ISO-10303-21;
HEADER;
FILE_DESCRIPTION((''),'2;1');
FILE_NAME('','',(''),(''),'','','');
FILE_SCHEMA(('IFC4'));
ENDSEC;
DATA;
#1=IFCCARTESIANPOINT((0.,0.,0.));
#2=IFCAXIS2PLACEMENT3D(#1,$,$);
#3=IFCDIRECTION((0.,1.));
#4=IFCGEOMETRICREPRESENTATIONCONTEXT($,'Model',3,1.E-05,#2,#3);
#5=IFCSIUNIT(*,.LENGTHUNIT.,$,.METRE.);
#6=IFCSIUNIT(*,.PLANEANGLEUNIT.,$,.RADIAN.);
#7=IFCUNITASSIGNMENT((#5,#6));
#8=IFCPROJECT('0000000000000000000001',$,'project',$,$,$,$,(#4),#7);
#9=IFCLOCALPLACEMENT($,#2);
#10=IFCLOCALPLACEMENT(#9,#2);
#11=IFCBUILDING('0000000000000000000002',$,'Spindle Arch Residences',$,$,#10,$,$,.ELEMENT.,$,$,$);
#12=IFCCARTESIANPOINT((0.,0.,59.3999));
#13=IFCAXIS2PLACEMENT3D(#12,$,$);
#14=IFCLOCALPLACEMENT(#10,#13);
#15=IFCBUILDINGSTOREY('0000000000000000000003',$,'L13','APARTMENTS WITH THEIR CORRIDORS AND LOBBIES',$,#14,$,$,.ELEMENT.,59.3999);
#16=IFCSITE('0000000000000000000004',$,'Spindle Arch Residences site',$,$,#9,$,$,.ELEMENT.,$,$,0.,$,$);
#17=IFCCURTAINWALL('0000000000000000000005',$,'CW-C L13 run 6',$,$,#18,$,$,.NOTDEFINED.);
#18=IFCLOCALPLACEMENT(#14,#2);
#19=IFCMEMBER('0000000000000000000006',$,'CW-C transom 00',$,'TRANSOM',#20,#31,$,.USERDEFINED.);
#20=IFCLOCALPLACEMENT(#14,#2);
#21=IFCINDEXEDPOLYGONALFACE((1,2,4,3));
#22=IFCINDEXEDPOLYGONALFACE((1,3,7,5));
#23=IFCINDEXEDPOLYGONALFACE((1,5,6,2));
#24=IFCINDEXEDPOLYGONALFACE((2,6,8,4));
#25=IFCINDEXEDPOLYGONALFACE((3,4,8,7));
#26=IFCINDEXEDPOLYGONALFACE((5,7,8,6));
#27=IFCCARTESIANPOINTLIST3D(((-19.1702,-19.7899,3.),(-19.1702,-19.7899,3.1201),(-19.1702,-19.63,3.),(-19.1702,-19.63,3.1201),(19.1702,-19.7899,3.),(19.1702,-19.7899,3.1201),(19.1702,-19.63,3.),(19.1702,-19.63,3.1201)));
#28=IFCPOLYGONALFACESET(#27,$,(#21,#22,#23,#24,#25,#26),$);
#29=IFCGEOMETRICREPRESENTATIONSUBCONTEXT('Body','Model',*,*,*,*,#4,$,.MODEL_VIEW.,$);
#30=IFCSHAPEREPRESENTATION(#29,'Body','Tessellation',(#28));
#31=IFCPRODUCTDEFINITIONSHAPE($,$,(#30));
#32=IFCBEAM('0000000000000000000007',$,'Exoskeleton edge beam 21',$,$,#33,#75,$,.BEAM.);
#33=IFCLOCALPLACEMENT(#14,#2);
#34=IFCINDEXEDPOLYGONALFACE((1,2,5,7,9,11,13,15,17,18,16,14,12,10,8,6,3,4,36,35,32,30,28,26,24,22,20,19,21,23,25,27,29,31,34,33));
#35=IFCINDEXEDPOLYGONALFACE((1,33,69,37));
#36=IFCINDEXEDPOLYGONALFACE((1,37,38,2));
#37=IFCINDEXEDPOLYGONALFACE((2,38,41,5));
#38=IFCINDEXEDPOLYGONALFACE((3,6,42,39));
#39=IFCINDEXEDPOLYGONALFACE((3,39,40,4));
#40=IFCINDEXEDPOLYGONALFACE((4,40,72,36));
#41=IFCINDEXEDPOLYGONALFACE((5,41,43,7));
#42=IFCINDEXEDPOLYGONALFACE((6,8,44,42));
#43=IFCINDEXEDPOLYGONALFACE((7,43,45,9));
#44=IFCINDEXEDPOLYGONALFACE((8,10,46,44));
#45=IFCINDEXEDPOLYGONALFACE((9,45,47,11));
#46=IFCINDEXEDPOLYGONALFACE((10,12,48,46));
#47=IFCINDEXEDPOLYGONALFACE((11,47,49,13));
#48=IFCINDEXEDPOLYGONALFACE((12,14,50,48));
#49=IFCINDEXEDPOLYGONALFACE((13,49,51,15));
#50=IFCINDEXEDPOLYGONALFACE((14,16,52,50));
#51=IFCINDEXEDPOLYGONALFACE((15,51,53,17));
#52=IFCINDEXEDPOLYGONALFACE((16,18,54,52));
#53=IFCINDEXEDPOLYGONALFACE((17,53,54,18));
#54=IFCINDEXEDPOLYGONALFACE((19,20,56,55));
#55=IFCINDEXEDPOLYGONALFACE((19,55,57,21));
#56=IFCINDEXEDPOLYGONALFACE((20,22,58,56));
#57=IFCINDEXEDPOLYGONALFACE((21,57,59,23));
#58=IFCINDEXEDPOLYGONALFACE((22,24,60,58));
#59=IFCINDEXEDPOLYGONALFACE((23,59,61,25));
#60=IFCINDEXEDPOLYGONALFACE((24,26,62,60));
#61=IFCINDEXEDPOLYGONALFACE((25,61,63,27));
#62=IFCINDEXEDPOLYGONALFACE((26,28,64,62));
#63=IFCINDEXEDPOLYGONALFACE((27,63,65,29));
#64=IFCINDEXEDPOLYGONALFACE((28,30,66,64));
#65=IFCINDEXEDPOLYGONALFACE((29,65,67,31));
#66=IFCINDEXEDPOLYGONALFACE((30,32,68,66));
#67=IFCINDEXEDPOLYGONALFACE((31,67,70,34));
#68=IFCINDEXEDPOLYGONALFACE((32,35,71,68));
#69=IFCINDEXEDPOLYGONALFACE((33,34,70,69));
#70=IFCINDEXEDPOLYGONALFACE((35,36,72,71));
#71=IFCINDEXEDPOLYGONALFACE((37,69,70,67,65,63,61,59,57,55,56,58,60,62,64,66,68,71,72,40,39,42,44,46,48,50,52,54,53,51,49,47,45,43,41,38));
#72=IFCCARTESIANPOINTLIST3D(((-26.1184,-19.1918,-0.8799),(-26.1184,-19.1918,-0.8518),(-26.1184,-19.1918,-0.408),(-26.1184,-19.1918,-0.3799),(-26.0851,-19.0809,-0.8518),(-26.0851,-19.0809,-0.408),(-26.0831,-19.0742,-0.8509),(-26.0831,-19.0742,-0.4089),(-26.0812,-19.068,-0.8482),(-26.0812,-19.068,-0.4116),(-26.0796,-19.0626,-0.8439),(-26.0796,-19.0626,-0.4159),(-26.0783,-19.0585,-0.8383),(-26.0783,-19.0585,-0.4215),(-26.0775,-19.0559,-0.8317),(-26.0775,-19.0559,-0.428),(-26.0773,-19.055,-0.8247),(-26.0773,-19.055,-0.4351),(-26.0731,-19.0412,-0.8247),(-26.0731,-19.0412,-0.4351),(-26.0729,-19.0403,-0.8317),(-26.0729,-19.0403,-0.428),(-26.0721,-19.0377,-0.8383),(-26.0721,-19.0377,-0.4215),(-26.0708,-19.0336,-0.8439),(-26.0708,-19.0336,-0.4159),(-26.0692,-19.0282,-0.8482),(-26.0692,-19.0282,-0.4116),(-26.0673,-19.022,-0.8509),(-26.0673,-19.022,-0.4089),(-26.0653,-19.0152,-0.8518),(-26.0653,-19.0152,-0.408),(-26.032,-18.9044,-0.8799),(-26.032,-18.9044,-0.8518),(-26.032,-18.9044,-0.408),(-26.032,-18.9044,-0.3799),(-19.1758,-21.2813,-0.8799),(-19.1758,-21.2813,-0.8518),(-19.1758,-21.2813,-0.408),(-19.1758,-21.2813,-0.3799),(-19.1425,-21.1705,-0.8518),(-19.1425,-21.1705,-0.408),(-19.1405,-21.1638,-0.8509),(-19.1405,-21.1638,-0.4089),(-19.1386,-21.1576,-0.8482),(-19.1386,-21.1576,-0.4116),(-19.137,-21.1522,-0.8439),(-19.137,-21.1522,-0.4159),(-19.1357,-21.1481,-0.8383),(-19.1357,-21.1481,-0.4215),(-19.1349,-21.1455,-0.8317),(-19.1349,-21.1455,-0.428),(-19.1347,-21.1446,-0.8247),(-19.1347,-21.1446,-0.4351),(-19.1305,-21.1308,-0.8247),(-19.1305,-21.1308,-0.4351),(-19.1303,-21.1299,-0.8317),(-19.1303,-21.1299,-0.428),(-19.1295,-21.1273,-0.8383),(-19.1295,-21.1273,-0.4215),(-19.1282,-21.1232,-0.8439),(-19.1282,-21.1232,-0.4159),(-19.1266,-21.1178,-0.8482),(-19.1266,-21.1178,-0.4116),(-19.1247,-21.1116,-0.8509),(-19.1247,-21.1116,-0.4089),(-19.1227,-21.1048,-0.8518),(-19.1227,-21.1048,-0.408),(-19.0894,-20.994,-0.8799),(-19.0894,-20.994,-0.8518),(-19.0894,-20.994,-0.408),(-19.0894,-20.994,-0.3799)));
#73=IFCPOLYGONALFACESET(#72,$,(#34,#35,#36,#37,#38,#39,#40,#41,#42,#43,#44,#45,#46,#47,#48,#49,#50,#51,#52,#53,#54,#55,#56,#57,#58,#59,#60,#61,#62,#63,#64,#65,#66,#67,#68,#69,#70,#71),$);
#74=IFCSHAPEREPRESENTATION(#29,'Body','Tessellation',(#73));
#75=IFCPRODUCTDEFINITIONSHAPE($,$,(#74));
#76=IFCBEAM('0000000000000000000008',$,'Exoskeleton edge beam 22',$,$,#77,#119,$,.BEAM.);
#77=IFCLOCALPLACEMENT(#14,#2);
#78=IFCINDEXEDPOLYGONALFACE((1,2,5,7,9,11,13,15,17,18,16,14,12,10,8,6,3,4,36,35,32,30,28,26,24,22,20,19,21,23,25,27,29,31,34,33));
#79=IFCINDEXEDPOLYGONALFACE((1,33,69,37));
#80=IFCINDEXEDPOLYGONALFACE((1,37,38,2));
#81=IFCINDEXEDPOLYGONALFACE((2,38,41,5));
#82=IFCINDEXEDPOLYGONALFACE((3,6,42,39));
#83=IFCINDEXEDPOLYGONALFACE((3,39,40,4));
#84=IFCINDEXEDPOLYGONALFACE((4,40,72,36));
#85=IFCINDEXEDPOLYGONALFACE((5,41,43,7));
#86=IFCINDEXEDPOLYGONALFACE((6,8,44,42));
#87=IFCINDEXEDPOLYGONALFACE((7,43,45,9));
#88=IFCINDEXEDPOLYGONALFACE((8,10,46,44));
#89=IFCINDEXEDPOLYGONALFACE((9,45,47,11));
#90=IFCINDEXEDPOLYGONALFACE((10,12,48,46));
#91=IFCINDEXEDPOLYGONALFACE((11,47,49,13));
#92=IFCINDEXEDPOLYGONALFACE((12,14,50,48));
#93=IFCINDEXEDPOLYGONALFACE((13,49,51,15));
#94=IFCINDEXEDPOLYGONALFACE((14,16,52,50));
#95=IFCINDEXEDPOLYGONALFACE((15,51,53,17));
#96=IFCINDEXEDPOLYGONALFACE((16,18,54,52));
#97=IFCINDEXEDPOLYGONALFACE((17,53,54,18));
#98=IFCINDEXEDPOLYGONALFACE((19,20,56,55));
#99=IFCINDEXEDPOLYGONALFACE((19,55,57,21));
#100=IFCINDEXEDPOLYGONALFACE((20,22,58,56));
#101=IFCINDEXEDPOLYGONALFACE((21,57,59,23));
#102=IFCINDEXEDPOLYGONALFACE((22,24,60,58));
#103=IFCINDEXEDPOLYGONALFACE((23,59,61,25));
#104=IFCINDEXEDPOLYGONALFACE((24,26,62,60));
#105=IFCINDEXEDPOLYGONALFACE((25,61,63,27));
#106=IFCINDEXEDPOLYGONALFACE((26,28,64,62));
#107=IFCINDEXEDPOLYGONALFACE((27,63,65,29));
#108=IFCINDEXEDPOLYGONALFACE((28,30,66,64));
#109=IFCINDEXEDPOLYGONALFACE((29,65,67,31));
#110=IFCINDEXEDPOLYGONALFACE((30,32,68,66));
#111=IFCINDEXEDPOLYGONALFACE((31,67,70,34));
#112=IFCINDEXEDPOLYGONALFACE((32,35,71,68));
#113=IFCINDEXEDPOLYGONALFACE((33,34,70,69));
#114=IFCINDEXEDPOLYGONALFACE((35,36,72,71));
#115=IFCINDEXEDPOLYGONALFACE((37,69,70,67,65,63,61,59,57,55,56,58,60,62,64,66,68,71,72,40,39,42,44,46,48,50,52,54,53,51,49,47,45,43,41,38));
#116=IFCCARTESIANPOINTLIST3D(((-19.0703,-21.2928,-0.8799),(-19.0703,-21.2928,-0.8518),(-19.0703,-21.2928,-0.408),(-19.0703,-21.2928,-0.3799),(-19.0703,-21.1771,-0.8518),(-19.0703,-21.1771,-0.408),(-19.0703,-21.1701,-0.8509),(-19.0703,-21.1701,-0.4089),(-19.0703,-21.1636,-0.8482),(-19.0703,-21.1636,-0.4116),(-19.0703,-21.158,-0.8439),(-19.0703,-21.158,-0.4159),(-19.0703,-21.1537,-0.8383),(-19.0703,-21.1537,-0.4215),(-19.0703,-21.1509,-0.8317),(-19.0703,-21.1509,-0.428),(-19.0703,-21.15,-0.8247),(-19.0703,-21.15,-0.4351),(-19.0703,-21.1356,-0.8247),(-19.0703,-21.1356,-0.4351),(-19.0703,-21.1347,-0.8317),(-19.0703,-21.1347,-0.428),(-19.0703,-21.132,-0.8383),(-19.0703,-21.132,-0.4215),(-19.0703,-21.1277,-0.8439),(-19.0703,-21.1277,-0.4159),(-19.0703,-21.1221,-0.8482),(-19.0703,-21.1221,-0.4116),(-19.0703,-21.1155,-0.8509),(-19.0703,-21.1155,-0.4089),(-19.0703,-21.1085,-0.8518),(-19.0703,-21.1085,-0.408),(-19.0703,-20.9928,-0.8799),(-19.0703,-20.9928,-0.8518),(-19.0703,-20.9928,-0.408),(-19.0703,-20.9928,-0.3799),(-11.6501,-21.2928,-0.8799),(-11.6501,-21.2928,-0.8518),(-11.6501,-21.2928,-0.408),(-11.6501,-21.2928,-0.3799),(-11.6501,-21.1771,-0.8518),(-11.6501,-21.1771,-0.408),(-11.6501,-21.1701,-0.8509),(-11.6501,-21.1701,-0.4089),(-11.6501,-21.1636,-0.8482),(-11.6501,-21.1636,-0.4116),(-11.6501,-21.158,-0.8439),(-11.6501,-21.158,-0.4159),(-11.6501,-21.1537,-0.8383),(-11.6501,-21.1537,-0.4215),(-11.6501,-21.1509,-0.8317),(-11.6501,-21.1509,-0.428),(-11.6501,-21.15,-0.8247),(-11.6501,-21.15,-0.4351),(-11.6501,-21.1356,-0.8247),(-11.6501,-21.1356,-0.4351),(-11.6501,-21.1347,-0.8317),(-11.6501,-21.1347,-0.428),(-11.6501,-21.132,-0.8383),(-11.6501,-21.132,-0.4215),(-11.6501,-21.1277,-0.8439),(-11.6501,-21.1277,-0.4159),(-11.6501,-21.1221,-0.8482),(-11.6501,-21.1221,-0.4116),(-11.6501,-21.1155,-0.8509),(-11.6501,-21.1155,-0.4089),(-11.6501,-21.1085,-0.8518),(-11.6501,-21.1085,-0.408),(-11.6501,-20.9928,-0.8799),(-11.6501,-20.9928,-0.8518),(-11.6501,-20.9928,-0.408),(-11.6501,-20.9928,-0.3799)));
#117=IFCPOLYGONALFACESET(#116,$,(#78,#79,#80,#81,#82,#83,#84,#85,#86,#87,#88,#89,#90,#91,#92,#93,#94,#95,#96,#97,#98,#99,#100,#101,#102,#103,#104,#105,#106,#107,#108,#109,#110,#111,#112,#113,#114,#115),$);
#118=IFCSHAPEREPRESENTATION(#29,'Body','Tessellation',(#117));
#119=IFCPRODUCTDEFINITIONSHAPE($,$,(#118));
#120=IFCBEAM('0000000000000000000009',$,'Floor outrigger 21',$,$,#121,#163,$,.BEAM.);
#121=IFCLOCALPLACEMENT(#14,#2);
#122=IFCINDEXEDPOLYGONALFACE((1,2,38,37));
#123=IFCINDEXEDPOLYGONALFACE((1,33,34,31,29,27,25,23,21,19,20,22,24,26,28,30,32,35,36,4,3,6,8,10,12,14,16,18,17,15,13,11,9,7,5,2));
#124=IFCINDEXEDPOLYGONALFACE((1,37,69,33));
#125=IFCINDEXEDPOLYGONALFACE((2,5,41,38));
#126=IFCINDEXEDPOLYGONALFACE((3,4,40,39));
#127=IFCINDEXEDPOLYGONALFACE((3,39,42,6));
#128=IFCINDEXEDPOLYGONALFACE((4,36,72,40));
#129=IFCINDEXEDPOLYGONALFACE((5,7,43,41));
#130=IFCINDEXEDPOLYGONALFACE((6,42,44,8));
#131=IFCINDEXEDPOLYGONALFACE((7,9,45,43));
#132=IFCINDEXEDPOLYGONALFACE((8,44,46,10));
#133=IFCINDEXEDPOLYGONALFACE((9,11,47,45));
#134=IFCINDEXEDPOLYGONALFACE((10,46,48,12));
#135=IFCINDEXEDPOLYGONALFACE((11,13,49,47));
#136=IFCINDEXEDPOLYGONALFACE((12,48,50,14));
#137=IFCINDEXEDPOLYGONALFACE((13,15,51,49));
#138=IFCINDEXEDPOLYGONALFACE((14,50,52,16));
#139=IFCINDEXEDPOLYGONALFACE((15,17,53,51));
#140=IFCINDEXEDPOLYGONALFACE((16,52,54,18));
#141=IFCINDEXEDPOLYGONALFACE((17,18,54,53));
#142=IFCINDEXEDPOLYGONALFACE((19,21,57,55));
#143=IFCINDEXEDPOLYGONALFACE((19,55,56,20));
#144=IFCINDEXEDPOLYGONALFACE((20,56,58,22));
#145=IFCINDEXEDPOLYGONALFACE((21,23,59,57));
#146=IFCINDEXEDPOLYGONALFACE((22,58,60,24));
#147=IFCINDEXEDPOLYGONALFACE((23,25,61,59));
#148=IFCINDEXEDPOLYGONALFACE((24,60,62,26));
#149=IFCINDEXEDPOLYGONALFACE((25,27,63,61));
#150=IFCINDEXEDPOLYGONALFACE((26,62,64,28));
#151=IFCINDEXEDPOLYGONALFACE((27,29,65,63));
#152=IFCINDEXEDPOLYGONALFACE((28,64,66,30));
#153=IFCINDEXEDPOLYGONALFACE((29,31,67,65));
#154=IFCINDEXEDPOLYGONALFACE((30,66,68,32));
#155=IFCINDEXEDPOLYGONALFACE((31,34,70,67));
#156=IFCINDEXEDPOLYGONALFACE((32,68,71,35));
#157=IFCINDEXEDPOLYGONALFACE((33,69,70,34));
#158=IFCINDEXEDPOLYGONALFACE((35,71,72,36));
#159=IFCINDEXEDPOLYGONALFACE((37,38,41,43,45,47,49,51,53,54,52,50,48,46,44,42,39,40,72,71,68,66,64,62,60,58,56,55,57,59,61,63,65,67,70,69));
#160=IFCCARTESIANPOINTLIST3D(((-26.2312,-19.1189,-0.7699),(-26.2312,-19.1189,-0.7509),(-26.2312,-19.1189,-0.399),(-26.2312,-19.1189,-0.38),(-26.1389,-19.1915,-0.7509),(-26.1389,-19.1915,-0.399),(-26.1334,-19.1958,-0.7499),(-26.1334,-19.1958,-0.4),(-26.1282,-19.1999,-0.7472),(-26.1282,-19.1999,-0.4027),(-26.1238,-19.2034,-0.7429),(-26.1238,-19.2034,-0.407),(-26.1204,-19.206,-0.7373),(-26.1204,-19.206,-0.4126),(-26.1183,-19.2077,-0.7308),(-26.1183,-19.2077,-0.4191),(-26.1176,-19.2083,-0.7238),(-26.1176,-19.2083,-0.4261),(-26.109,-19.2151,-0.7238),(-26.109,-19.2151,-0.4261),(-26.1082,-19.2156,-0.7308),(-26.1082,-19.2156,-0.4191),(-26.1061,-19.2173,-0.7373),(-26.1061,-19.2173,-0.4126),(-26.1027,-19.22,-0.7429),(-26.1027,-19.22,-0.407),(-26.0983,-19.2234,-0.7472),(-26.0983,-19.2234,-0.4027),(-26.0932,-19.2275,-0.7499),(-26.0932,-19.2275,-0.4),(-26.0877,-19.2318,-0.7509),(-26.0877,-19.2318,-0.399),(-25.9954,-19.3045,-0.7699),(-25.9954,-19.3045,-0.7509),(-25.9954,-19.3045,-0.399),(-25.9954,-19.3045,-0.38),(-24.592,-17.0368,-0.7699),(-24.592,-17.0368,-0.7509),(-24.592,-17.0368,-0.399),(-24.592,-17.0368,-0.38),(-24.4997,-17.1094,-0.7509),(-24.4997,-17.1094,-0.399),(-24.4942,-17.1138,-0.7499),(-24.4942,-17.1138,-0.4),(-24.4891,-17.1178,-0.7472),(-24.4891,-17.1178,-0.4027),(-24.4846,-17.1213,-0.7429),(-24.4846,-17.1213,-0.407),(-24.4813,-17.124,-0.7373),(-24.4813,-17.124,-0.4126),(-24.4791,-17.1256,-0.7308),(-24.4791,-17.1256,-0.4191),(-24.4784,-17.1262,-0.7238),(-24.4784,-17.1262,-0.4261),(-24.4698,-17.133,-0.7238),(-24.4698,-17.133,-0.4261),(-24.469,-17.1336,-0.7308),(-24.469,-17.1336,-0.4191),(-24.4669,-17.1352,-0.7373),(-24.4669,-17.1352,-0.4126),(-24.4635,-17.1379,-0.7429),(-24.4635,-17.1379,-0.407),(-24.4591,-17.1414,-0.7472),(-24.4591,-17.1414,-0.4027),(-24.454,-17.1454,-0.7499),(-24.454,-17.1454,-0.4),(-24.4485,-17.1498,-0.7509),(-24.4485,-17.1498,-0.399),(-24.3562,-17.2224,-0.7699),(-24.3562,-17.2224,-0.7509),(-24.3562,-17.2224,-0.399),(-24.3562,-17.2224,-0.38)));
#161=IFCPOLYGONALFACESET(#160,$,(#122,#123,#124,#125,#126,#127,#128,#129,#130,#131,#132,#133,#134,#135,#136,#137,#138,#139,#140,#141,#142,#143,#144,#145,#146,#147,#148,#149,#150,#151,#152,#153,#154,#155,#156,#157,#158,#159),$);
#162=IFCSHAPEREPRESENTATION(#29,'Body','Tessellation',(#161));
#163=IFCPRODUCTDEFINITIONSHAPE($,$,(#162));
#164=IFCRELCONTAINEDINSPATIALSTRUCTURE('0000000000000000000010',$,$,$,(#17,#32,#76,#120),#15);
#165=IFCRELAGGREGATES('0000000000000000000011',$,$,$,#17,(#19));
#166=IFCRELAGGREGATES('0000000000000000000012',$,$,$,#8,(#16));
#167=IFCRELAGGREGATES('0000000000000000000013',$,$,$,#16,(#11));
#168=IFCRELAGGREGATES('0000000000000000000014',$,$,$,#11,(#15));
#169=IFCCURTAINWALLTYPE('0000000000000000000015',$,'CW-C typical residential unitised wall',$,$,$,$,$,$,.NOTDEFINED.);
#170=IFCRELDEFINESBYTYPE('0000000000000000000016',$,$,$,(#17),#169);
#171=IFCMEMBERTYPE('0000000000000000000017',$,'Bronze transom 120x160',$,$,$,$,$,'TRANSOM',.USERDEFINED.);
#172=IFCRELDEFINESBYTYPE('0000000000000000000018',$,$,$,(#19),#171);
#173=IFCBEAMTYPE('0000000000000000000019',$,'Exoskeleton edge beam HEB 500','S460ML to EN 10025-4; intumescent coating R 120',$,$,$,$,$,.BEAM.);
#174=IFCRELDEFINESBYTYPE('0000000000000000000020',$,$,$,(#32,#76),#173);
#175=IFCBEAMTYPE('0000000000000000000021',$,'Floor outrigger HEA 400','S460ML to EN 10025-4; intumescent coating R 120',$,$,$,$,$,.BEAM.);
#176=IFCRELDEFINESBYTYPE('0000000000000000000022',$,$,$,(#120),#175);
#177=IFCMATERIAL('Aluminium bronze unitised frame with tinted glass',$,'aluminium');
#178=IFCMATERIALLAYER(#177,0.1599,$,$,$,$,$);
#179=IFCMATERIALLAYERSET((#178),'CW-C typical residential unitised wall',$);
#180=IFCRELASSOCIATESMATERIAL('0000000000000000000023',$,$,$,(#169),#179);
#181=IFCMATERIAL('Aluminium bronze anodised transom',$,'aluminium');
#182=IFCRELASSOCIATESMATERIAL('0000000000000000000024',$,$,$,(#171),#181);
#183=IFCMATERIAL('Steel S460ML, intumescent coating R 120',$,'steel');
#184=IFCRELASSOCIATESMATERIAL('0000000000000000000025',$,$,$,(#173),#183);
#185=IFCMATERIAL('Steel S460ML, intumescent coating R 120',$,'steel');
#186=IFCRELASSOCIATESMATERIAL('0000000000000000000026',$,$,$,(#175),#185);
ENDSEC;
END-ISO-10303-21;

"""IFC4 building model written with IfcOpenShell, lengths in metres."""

from ifc_helpers import new_model, si_unit, direction, frame, origin, origin_2d, place, context, subcontext, project, spatial, rectangle, i_section, extrude, material, layer, layer_set, material_profile, profile_set, type_object, element, aggregate, save


model = new_model("IFC4")

# Units and contexts
model_context = context("Model", 3, precision=1e-05, world=origin(), true_north=direction((0.0, 1.0)))
body_context = subcontext(model_context, "Body", "Model", "MODEL_VIEW")
ifc_project = project(units=[si_unit("LENGTHUNIT", "METRE"), si_unit("PLANEANGLEUNIT", "RADIAN")], contexts=[model_context])

# Site, building, storey
site_placement = place(None, origin())
site = spatial("IfcSite", under=ifc_project, at=site_placement, Name="Spindle Arch Residences site", CompositionType="ELEMENT", RefElevation=0.0)
building_placement = place(site_placement, origin())
building = spatial("IfcBuilding", under=site, at=building_placement, Name="Spindle Arch Residences", CompositionType="ELEMENT")
storey_placement = place(building_placement, frame((0.0, 0.0, 59.3999)))
storey = spatial("IfcBuildingStorey", under=building, at=storey_placement, Name="L13", Description="APARTMENTS WITH THEIR CORRIDORS AND LOBBIES", CompositionType="ELEMENT", Elevation=59.3999)

# Curtain wall
ifc_material_1 = material(Name="Aluminium bronze unitised frame with tinted glass", Category="aluminium")
ifc_layer_1 = layer(ifc_material_1, 0.1599)
ifc_layer_set_1 = layer_set([ifc_layer_1], Name="CW-C typical residential unitised wall")
curtain_wall_type_1 = type_object("IfcCurtainWallType", Name="CW-C typical residential unitised wall", PredefinedType="NOTDEFINED", material=ifc_layer_set_1)
curtain_wall_1_placement = place(storey_placement, origin())
curtain_wall_1 = element("IfcCurtainWall", 1, at=curtain_wall_1_placement, inside=storey, type_object=curtain_wall_type_1, Name="CW-C L13 run 6", PredefinedType="NOTDEFINED")

# Member
ifc_material_2 = material(Name="Aluminium bronze anodised transom", Category="aluminium")
ifc_material_profile_1 = material_profile(ifc_material_2, rectangle(XDim=0.1599, YDim=0.1201, at=origin_2d()), Name="TR 120x160")
ifc_profile_set_1 = profile_set([ifc_material_profile_1], Name="Aluminium bronze anodised transom")
member_type_1 = type_object("IfcMemberType", Name="Bronze transom 120x160", ElementType="TRANSOM", PredefinedType="USERDEFINED", material=ifc_profile_set_1)
member_1_placement = place(storey_placement, frame((-19.1702, -19.71, 3.0601), z_axis=(1.0, 0.0, 0.0), x_axis=(0.0, 1.0, 0.0)))
member_1 = element("IfcMember", 2, at=member_1_placement, type_object=member_type_1, Name="CW-C transom 00", ObjectType="TRANSOM", PredefinedType="USERDEFINED", context=body_context, shape_type="SweptSolid", body=[
    extrude(rectangle(XDim=0.1599, YDim=0.1201, at=origin_2d()), origin(), (0.0, 0.0, 1.0), 38.3403),
])
aggregate(curtain_wall_1, [member_1])

# Beams
ifc_material_3 = material(Name="Steel S460ML, intumescent coating R 120", Category="steel")
ifc_material_profile_2 = material_profile(ifc_material_3, i_section(OverallWidth=0.3, OverallDepth=0.5, WebThickness=0.0144, FlangeThickness=0.0281, FilletRadius=0.0271, at=origin_2d()), Name="HEB 500")
ifc_profile_set_2 = profile_set([ifc_material_profile_2], Name="Steel S460ML, intumescent coating R 120")
beam_type_1 = type_object("IfcBeamType", Name="Exoskeleton edge beam HEB 500", Description="S460ML to EN 10025-4; intumescent coating R 120", PredefinedType="BEAM", material=ifc_profile_set_2)
beam_1_placement = place(storey_placement, frame((-26.0752, -19.0481, -0.6299), z_axis=(0.957567, -0.28821, 0.0), x_axis=(0.28821, 0.957567, 0.0)))
element("IfcBeam", 3, at=beam_1_placement, inside=storey, type_object=beam_type_1, Name="Exoskeleton edge beam 21", PredefinedType="BEAM", context=body_context, shape_type="SweptSolid", body=[
    extrude(i_section(OverallWidth=0.3, OverallDepth=0.5, WebThickness=0.0144, FlangeThickness=0.0281, FilletRadius=0.0271, at=origin_2d()), origin(), (0.0, 0.0, 1.0), 7.2502),
])
beam_2_placement = place(storey_placement, frame((-19.0703, -21.1428, -0.6299), z_axis=(1.0, 0.0, 0.0), x_axis=(0.0, 1.0, 0.0)))
element("IfcBeam", 4, at=beam_2_placement, inside=storey, type_object=beam_type_1, Name="Exoskeleton edge beam 22", PredefinedType="BEAM", context=body_context, shape_type="SweptSolid", body=[
    extrude(i_section(OverallWidth=0.3, OverallDepth=0.5, WebThickness=0.0144, FlangeThickness=0.0281, FilletRadius=0.0271, at=origin_2d()), origin(), (0.0, 0.0, 1.0), 7.4202),
])
ifc_material_4 = material(Name="Steel S460ML, intumescent coating R 120", Category="steel")
ifc_material_profile_3 = material_profile(ifc_material_4, i_section(OverallWidth=0.3, OverallDepth=0.3899, WebThickness=0.011, FlangeThickness=0.019, FilletRadius=0.0271, at=origin_2d()), Name="HEA 400")
ifc_profile_set_3 = profile_set([ifc_material_profile_3], Name="Steel S460ML, intumescent coating R 120")
beam_type_2 = type_object("IfcBeamType", Name="Floor outrigger HEA 400", Description="S460ML to EN 10025-4; intumescent coating R 120", PredefinedType="BEAM", material=ifc_profile_set_3)
beam_3_placement = place(storey_placement, frame((-26.1133, -19.2117, -0.575), z_axis=(0.618586, 0.785717, 0.0), x_axis=(-0.785717, 0.618586, 0.0)))
element("IfcBeam", 5, at=beam_3_placement, inside=storey, type_object=beam_type_2, Name="Floor outrigger 21", PredefinedType="BEAM", context=body_context, shape_type="SweptSolid", body=[
    extrude(i_section(OverallWidth=0.3, OverallDepth=0.3899, WebThickness=0.011, FlangeThickness=0.019, FilletRadius=0.0271, at=origin_2d()), origin(), (0.0, 0.0, 1.0), 2.6499),
])

save(model, "model.ifc")
